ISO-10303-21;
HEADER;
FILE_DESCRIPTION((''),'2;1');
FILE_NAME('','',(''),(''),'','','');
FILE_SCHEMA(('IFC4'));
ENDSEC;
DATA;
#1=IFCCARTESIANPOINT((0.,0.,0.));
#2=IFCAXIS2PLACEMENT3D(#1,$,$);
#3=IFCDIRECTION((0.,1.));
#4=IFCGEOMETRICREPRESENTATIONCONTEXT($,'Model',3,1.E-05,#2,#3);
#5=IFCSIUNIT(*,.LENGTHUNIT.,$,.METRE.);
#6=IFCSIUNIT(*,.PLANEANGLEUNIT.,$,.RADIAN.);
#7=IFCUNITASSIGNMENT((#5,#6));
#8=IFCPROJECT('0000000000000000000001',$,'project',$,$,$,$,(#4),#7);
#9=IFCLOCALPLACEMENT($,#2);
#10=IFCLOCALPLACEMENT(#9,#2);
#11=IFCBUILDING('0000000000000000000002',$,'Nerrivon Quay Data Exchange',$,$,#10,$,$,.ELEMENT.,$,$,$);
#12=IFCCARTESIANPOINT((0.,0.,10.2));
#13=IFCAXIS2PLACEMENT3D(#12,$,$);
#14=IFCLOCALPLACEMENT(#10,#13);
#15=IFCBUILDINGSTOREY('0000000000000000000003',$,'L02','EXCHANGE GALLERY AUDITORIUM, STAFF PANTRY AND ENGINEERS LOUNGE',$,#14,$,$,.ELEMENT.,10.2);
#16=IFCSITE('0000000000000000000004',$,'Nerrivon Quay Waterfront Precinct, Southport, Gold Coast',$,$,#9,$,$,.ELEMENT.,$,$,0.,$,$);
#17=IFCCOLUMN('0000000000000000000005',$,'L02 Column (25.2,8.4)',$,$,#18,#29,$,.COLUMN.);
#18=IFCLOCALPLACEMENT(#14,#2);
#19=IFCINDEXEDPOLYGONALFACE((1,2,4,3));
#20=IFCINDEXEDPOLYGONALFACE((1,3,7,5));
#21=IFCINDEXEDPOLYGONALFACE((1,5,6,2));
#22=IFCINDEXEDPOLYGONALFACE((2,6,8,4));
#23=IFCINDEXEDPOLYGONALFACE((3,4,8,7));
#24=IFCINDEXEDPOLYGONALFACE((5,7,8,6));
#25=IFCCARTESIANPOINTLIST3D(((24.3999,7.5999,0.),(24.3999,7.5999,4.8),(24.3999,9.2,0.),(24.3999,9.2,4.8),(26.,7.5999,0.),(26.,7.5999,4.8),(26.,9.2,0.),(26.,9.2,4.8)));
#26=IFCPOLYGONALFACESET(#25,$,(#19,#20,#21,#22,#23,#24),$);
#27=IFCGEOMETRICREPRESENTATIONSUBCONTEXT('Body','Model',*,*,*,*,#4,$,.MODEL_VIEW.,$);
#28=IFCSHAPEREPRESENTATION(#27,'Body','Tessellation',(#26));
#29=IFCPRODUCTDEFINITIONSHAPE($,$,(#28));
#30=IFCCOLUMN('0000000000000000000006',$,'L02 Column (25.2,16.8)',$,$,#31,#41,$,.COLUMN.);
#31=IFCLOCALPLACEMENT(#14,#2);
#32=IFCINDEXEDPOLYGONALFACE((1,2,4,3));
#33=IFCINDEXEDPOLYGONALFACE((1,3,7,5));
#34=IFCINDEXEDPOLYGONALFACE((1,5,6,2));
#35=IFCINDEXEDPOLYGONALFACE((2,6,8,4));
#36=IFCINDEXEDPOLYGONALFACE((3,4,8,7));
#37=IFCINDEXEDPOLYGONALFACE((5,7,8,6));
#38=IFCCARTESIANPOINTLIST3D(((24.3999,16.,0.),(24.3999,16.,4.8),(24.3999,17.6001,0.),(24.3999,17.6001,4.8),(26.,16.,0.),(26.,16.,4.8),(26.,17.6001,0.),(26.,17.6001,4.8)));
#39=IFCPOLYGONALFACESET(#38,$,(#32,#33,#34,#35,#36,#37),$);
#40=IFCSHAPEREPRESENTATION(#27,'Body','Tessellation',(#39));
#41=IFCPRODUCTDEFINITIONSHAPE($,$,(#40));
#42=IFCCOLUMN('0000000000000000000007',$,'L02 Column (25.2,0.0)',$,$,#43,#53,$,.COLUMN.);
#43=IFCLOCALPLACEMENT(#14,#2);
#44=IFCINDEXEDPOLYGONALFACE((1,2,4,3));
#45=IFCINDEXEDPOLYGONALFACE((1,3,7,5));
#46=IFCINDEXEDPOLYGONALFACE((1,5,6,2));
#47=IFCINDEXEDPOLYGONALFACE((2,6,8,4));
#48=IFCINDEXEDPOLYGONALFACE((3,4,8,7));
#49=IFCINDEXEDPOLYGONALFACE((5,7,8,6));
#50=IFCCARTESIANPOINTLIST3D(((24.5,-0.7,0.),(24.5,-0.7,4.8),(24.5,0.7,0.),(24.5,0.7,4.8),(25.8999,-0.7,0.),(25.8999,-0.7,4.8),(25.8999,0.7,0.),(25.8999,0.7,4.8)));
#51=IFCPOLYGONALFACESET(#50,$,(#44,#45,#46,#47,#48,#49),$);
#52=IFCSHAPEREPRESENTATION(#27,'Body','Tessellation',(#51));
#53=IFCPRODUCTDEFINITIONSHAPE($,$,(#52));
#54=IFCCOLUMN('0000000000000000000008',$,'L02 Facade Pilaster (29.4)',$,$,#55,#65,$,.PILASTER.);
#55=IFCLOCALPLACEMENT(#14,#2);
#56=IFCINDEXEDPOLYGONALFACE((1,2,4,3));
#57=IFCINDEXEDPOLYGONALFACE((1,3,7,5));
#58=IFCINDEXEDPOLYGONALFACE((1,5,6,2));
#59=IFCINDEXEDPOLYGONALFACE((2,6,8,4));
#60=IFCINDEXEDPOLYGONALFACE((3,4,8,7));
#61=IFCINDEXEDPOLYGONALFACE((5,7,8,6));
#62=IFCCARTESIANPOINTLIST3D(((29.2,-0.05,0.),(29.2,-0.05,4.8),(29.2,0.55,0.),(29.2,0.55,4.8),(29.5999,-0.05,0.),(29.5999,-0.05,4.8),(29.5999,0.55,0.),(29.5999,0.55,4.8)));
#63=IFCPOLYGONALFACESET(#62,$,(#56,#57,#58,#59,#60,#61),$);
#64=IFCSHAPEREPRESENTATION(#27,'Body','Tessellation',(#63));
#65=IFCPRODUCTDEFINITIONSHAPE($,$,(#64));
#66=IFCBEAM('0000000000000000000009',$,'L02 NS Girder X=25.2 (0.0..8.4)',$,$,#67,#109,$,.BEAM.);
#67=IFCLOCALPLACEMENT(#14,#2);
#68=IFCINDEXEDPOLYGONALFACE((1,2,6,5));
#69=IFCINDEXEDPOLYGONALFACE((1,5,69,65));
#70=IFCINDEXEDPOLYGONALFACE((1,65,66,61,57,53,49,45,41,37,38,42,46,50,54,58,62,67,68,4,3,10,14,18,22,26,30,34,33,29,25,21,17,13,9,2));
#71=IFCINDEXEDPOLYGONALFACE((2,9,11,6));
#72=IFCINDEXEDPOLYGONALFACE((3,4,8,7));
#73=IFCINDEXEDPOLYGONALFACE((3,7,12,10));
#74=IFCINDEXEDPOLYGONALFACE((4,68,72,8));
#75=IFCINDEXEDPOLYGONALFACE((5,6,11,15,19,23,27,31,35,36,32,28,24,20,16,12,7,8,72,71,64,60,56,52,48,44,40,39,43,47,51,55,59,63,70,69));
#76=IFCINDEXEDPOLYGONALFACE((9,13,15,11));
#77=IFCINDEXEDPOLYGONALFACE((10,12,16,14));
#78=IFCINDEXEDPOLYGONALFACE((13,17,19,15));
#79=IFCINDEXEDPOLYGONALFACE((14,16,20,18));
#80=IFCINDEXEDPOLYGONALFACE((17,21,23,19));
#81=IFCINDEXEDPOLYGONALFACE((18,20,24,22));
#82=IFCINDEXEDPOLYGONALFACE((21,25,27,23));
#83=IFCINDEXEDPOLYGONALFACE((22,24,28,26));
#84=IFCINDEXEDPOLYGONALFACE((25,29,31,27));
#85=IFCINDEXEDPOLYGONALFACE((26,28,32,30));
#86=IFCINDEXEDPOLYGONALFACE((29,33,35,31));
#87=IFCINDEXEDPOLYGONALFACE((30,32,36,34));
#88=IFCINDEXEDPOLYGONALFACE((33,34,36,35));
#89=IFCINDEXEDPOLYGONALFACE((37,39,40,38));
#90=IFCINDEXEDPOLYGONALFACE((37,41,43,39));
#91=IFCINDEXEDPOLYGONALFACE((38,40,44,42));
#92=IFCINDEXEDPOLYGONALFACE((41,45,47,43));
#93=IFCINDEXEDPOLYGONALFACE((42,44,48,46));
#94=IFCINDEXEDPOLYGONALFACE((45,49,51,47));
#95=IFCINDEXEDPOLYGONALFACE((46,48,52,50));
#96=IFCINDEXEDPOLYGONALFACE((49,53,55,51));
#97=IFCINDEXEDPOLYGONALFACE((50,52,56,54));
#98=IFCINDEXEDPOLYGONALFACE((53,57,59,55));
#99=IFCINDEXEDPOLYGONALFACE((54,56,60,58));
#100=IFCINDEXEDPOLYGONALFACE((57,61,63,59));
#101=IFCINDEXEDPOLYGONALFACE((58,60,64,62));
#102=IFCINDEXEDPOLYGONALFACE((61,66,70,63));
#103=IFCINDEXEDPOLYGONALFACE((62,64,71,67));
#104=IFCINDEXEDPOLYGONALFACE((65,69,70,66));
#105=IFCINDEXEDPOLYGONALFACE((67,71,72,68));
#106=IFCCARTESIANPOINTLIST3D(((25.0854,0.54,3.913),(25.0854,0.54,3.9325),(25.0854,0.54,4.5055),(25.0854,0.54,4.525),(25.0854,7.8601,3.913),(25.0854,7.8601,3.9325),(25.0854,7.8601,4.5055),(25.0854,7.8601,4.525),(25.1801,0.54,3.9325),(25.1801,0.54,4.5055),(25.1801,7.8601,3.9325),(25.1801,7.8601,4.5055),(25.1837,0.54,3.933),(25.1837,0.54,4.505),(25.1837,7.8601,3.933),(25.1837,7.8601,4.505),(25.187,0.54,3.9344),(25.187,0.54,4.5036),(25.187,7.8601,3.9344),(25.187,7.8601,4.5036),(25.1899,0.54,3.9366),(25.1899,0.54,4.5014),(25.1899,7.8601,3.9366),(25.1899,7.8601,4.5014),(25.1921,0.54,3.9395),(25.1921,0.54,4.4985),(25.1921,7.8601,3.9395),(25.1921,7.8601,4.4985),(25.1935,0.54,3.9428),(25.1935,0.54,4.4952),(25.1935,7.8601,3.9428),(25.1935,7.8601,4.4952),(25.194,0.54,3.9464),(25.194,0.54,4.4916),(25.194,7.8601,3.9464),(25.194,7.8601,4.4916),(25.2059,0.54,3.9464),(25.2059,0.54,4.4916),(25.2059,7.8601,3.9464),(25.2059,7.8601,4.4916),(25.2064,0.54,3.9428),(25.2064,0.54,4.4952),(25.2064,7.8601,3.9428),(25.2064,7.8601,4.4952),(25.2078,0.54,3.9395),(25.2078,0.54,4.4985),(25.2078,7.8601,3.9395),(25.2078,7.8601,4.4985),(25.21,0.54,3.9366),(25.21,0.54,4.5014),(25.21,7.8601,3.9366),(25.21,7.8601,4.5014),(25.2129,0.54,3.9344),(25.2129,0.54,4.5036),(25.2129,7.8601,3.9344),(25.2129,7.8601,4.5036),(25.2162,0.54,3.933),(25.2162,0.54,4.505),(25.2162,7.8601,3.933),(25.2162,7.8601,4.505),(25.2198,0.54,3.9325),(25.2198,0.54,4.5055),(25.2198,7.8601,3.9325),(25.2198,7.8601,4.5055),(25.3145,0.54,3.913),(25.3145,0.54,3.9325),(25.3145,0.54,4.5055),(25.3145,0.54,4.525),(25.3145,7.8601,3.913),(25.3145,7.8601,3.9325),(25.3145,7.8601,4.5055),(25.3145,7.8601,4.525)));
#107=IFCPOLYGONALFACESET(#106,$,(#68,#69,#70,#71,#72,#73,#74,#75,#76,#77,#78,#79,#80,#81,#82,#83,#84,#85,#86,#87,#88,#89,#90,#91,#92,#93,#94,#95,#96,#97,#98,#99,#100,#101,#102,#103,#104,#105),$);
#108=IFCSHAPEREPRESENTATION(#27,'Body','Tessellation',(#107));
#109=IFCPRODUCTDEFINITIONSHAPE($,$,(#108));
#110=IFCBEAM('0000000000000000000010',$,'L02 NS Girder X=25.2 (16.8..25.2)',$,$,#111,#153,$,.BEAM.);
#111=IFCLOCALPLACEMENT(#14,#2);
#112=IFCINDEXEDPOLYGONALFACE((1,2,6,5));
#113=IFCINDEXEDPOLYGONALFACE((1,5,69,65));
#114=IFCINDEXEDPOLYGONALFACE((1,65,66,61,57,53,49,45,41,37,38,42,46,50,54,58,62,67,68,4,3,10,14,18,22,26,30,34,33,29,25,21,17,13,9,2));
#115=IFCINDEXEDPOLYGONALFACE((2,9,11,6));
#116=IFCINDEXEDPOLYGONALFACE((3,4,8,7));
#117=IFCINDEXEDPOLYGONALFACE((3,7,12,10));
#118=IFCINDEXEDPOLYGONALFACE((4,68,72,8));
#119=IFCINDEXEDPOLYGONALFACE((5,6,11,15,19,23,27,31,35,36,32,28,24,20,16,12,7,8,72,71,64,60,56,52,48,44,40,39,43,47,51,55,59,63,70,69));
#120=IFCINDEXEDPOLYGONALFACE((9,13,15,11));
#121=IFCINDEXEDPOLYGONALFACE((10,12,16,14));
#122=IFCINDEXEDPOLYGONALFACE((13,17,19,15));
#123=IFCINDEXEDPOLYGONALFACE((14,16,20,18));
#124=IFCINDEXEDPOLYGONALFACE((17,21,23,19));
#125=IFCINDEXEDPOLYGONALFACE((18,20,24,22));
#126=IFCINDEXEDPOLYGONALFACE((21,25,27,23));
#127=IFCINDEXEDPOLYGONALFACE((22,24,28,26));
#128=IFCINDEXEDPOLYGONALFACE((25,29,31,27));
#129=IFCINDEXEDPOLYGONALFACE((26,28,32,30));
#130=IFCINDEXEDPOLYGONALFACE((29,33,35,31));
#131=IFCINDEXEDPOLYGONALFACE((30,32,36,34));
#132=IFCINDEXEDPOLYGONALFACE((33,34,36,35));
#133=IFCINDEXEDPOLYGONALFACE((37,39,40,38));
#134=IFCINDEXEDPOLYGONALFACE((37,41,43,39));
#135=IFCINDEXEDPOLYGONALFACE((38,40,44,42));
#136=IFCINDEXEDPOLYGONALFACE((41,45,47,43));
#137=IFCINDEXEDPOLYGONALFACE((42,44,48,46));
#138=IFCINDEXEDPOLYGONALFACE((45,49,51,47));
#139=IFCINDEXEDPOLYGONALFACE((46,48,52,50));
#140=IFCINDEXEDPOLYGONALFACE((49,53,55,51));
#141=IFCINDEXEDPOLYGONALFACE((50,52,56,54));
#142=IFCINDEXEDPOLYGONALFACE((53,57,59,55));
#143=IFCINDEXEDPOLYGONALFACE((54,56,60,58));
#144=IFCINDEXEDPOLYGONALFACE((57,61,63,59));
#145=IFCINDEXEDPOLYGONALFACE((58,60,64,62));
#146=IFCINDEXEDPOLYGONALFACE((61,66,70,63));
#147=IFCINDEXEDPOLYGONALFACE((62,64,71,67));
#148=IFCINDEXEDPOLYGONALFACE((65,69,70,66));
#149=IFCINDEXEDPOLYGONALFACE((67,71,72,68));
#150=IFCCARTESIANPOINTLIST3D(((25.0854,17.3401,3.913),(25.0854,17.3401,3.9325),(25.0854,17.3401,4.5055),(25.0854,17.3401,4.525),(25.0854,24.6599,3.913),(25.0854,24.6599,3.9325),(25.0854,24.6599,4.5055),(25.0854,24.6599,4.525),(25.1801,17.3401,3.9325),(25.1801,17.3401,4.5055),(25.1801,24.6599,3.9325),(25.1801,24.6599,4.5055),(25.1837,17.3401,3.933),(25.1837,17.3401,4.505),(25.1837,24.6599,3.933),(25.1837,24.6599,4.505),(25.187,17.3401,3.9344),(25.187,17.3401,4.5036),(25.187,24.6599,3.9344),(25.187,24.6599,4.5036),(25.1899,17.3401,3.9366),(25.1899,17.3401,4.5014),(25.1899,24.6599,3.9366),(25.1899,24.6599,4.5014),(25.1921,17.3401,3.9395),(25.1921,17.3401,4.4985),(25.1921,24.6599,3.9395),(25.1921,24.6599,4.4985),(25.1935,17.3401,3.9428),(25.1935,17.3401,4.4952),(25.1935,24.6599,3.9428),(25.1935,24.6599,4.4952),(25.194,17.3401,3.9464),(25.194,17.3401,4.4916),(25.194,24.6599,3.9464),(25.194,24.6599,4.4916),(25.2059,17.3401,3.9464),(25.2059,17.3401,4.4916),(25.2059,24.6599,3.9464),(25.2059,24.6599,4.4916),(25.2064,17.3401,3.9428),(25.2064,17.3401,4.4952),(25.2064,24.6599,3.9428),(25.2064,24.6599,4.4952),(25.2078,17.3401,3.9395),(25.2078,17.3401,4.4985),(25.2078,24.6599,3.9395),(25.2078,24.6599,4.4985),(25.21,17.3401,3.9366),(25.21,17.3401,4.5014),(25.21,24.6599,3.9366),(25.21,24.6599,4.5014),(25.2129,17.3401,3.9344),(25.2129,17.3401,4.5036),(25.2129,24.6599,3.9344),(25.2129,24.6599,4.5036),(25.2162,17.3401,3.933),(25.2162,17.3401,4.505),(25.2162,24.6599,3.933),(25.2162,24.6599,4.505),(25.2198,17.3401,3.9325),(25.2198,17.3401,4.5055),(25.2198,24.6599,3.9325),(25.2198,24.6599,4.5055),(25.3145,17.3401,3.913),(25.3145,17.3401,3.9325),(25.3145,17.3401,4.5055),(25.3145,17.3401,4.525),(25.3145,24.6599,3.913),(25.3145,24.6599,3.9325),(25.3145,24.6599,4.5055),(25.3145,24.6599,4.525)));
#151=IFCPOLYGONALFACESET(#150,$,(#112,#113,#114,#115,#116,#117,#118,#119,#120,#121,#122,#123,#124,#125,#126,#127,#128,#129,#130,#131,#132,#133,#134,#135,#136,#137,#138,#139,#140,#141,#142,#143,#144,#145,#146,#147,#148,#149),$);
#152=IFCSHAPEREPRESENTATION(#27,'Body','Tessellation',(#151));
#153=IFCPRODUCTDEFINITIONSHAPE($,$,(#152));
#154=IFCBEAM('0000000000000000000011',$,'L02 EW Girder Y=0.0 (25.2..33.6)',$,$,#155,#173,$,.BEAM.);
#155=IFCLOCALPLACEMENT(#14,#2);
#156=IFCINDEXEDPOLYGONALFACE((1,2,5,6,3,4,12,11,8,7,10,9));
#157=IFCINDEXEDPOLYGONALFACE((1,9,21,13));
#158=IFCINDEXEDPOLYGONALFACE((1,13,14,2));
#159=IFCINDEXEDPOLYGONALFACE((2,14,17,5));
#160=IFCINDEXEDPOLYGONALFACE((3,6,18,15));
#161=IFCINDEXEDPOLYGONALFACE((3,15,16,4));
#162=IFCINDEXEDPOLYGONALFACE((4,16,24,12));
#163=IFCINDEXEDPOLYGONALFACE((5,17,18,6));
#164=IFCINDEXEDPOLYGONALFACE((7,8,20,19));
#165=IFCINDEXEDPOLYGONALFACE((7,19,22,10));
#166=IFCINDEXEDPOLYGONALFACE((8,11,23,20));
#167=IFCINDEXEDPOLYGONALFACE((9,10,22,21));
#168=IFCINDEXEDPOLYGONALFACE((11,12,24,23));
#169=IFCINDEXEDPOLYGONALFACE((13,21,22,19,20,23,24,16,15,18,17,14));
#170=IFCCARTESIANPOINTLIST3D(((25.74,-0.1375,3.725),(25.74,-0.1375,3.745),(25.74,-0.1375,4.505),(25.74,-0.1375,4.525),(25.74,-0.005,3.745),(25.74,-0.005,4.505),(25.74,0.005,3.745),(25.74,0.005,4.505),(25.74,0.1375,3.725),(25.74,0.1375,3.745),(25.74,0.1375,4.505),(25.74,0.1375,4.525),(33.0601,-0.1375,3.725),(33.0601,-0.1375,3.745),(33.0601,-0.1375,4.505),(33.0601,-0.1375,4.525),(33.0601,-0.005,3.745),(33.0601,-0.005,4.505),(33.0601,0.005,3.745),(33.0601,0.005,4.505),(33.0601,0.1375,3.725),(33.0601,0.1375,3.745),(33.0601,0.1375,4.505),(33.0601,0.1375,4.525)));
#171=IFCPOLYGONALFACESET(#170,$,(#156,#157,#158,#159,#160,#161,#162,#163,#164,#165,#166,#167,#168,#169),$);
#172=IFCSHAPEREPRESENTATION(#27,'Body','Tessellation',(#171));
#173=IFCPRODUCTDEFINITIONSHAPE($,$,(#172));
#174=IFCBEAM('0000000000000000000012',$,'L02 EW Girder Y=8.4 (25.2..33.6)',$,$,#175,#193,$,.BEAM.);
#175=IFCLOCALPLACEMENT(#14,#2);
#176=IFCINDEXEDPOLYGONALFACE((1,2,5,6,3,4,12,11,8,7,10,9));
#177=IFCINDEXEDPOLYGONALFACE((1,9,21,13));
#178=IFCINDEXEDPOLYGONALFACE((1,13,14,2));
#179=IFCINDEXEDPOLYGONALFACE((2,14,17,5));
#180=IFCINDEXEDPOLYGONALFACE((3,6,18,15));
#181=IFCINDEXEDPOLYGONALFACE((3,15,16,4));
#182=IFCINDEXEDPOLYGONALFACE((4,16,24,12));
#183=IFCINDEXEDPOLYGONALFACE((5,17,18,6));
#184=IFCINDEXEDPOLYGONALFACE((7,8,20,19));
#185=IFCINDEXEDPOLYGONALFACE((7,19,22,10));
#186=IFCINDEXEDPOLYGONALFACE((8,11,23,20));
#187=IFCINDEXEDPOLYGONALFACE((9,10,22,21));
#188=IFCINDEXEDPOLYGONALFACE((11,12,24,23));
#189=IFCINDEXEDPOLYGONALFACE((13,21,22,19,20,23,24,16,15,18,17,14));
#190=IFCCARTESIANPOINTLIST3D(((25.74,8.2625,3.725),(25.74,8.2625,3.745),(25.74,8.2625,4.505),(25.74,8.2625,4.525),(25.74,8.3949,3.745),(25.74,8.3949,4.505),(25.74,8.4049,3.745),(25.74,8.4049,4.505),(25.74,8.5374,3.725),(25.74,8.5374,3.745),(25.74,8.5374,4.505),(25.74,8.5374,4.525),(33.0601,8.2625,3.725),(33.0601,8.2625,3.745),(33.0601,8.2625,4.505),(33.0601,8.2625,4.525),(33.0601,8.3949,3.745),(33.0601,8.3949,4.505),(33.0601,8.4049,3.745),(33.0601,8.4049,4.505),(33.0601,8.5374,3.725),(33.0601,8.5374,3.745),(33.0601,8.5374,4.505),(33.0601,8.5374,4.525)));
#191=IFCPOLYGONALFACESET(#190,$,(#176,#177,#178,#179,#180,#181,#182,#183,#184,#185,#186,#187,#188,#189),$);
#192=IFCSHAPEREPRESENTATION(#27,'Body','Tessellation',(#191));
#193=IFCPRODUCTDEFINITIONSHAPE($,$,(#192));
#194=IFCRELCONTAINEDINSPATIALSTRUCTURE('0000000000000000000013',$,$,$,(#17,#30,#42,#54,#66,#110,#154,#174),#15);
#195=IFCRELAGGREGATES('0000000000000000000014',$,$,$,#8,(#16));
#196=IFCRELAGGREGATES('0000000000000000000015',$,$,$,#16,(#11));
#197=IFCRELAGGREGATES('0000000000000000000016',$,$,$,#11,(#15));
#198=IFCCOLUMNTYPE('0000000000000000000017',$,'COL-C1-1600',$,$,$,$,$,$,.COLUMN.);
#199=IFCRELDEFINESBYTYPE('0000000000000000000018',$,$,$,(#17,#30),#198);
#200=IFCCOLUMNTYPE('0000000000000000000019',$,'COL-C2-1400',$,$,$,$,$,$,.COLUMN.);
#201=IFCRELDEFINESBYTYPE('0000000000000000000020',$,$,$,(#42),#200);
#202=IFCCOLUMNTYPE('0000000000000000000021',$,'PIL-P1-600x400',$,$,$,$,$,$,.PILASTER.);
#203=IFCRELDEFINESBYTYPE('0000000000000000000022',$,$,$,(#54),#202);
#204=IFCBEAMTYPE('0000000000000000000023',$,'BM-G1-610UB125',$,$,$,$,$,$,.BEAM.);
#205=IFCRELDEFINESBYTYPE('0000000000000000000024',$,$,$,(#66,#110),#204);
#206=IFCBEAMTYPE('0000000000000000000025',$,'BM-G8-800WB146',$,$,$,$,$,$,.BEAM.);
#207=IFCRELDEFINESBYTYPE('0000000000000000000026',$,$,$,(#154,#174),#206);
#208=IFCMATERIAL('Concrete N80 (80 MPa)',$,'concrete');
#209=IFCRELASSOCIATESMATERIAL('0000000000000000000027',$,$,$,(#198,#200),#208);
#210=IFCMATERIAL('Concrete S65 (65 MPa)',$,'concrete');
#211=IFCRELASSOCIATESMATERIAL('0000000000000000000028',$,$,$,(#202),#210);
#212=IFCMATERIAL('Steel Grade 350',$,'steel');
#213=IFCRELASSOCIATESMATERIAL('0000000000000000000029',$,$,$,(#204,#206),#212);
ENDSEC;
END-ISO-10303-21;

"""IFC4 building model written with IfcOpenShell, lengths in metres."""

from ifc_helpers import new_model, si_unit, direction, frame, origin, origin_2d, place, context, subcontext, project, spatial, rectangle, i_section, extrude, material, material_profile, profile_set, type_object, element, save


model = new_model("IFC4")

# Units and contexts
model_context = context("Model", 3, precision=1e-05, world=origin(), true_north=direction((0.0, 1.0)))
body_context = subcontext(model_context, "Body", "Model", "MODEL_VIEW")
ifc_project = project(units=[si_unit("LENGTHUNIT", "METRE"), si_unit("PLANEANGLEUNIT", "RADIAN")], contexts=[model_context])

# Site, building, storey
site_placement = place(None, origin())
site = spatial("IfcSite", under=ifc_project, at=site_placement, Name="Nerrivon Quay Waterfront Precinct, Southport, Gold Coast", CompositionType="ELEMENT", RefElevation=0.0)
building_placement = place(site_placement, origin())
building = spatial("IfcBuilding", under=site, at=building_placement, Name="Nerrivon Quay Data Exchange", CompositionType="ELEMENT")
storey_placement = place(building_placement, frame((0.0, 0.0, 10.2)))
storey = spatial("IfcBuildingStorey", under=building, at=storey_placement, Name="L02", Description="EXCHANGE GALLERY AUDITORIUM, STAFF PANTRY AND ENGINEERS LOUNGE", CompositionType="ELEMENT", Elevation=10.2)

# Columns
ifc_material_1 = material(Name="Concrete N80 (80 MPa)", Category="concrete")
ifc_material_profile_1 = material_profile(ifc_material_1, rectangle(XDim=1.6001, YDim=1.6001, at=origin_2d()), Name="RC-COL-1600x1600")
ifc_profile_set_1 = profile_set([ifc_material_profile_1], Name="Concrete N80 (80 MPa)")
column_type_1 = type_object("IfcColumnType", Name="COL-C1-1600", PredefinedType="COLUMN", material=ifc_profile_set_1)
for number, where, z_axis, x_axis, name in (
    (1, (25.2, 8.3999, 0.0), (0.0, 0.0, 1.0), (1.0, 0.0, 0.0), "L02 Column (25.2,8.4)"),
    (2, (25.2, 16.8, 0.0), (0.0, 0.0, 1.0), (1.0, 0.0, 0.0), "L02 Column (25.2,16.8)"),
):
    element("IfcColumn", number, at=place(storey_placement, frame(where, z_axis=z_axis, x_axis=x_axis)), inside=storey, type_object=column_type_1, Name=name, PredefinedType="COLUMN", context=body_context, shape_type="SweptSolid", body=[
        extrude(rectangle(XDim=1.6001, YDim=1.6001, at=origin_2d()), origin(), (0.0, 0.0, 1.0), 4.8),
    ])
ifc_material_profile_2 = material_profile(ifc_material_1, rectangle(XDim=1.3999, YDim=1.3999, at=origin_2d()), Name="RC-COL-1400x1400")
ifc_profile_set_2 = profile_set([ifc_material_profile_2], Name="Concrete N80 (80 MPa)")
column_type_2 = type_object("IfcColumnType", Name="COL-C2-1400", PredefinedType="COLUMN", material=ifc_profile_set_2)
column_1_placement = place(storey_placement, frame((25.2, 0.0, 0.0), z_axis=(0.0, 0.0, 1.0), x_axis=(1.0, 0.0, 0.0)))
element("IfcColumn", 3, at=column_1_placement, inside=storey, type_object=column_type_2, Name="L02 Column (25.2,0.0)", PredefinedType="COLUMN", context=body_context, shape_type="SweptSolid", body=[
    extrude(rectangle(XDim=1.3999, YDim=1.3999, at=origin_2d()), origin(), (0.0, 0.0, 1.0), 4.8),
])
ifc_material_2 = material(Name="Concrete S65 (65 MPa)", Category="concrete")
ifc_material_profile_3 = material_profile(ifc_material_2, rectangle(XDim=0.3999, YDim=0.6001, at=origin_2d()), Name="RC-PIL-600x400")
ifc_profile_set_3 = profile_set([ifc_material_profile_3], Name="Concrete S65 (65 MPa)")
column_type_3 = type_object("IfcColumnType", Name="PIL-P1-600x400", PredefinedType="PILASTER", material=ifc_profile_set_3)
column_2_placement = place(storey_placement, frame((29.3999, 0.25, 0.0), z_axis=(0.0, 0.0, 1.0), x_axis=(1.0, 0.0, 0.0)))
element("IfcColumn", 4, at=column_2_placement, inside=storey, type_object=column_type_3, Name="L02 Facade Pilaster (29.4)", PredefinedType="PILASTER", context=body_context, shape_type="SweptSolid", body=[
    extrude(rectangle(XDim=0.3999, YDim=0.6001, at=origin_2d()), origin(), (0.0, 0.0, 1.0), 4.8),
])

# Beams
ifc_material_3 = material(Name="Steel Grade 350", Category="steel")
ifc_material_profile_4 = material_profile(ifc_material_3, i_section(OverallWidth=0.229, OverallDepth=0.6121, WebThickness=0.012, FlangeThickness=0.0195, FilletRadius=0.0139, at=origin_2d()), Name="610UB125")
ifc_profile_set_4 = profile_set([ifc_material_profile_4], Name="Steel Grade 350")
beam_type_1 = type_object("IfcBeamType", Name="BM-G1-610UB125", PredefinedType="BEAM", material=ifc_profile_set_4)
beam_1_placement = place(storey_placement, frame((25.2, 0.54, 4.219), z_axis=(0.0, 1.0, 0.0), x_axis=(-1.0, 0.0, 0.0)))
element("IfcBeam", 5, at=beam_1_placement, inside=storey, type_object=beam_type_1, Name="L02 NS Girder X=25.2 (0.0..8.4)", PredefinedType="BEAM", context=body_context, shape_type="SweptSolid", body=[
    extrude(i_section(OverallWidth=0.229, OverallDepth=0.6121, WebThickness=0.012, FlangeThickness=0.0195, FilletRadius=0.0139, at=origin_2d()), origin(), (0.0, 0.0, 1.0), 7.3201),
])
beam_2_placement = place(storey_placement, frame((25.2, 17.3401, 4.219), z_axis=(0.0, 1.0, 0.0), x_axis=(-1.0, 0.0, 0.0)))
element("IfcBeam", 6, at=beam_2_placement, inside=storey, type_object=beam_type_1, Name="L02 NS Girder X=25.2 (16.8..25.2)", PredefinedType="BEAM", context=body_context, shape_type="SweptSolid", body=[
    extrude(i_section(OverallWidth=0.229, OverallDepth=0.6121, WebThickness=0.012, FlangeThickness=0.0195, FilletRadius=0.0139, at=origin_2d()), origin(), (0.0, 0.0, 1.0), 7.3198),
])
ifc_material_profile_5 = material_profile(ifc_material_3, i_section(OverallWidth=0.2749, OverallDepth=0.8, WebThickness=0.01, FlangeThickness=0.02, at=origin_2d()), Name="800WB146")
ifc_profile_set_5 = profile_set([ifc_material_profile_5], Name="Steel Grade 350")
beam_type_2 = type_object("IfcBeamType", Name="BM-G8-800WB146", PredefinedType="BEAM", material=ifc_profile_set_5)
for number, where, z_axis, x_axis, name in (
    (7, (25.74, 0.0, 4.125), (1.0, 0.0, 0.0), (0.0, 1.0, 0.0), "L02 EW Girder Y=0.0 (25.2..33.6)"),
    (8, (25.74, 8.3999, 4.125), (1.0, 0.0, 0.0), (0.0, 1.0, 0.0), "L02 EW Girder Y=8.4 (25.2..33.6)"),
):
    element("IfcBeam", number, at=place(storey_placement, frame(where, z_axis=z_axis, x_axis=x_axis)), inside=storey, type_object=beam_type_2, Name=name, PredefinedType="BEAM", context=body_context, shape_type="SweptSolid", body=[
        extrude(i_section(OverallWidth=0.2749, OverallDepth=0.8, WebThickness=0.01, FlangeThickness=0.02, at=origin_2d()), origin(), (0.0, 0.0, 1.0), 7.3201),
    ])

save(model, "model.ifc")
